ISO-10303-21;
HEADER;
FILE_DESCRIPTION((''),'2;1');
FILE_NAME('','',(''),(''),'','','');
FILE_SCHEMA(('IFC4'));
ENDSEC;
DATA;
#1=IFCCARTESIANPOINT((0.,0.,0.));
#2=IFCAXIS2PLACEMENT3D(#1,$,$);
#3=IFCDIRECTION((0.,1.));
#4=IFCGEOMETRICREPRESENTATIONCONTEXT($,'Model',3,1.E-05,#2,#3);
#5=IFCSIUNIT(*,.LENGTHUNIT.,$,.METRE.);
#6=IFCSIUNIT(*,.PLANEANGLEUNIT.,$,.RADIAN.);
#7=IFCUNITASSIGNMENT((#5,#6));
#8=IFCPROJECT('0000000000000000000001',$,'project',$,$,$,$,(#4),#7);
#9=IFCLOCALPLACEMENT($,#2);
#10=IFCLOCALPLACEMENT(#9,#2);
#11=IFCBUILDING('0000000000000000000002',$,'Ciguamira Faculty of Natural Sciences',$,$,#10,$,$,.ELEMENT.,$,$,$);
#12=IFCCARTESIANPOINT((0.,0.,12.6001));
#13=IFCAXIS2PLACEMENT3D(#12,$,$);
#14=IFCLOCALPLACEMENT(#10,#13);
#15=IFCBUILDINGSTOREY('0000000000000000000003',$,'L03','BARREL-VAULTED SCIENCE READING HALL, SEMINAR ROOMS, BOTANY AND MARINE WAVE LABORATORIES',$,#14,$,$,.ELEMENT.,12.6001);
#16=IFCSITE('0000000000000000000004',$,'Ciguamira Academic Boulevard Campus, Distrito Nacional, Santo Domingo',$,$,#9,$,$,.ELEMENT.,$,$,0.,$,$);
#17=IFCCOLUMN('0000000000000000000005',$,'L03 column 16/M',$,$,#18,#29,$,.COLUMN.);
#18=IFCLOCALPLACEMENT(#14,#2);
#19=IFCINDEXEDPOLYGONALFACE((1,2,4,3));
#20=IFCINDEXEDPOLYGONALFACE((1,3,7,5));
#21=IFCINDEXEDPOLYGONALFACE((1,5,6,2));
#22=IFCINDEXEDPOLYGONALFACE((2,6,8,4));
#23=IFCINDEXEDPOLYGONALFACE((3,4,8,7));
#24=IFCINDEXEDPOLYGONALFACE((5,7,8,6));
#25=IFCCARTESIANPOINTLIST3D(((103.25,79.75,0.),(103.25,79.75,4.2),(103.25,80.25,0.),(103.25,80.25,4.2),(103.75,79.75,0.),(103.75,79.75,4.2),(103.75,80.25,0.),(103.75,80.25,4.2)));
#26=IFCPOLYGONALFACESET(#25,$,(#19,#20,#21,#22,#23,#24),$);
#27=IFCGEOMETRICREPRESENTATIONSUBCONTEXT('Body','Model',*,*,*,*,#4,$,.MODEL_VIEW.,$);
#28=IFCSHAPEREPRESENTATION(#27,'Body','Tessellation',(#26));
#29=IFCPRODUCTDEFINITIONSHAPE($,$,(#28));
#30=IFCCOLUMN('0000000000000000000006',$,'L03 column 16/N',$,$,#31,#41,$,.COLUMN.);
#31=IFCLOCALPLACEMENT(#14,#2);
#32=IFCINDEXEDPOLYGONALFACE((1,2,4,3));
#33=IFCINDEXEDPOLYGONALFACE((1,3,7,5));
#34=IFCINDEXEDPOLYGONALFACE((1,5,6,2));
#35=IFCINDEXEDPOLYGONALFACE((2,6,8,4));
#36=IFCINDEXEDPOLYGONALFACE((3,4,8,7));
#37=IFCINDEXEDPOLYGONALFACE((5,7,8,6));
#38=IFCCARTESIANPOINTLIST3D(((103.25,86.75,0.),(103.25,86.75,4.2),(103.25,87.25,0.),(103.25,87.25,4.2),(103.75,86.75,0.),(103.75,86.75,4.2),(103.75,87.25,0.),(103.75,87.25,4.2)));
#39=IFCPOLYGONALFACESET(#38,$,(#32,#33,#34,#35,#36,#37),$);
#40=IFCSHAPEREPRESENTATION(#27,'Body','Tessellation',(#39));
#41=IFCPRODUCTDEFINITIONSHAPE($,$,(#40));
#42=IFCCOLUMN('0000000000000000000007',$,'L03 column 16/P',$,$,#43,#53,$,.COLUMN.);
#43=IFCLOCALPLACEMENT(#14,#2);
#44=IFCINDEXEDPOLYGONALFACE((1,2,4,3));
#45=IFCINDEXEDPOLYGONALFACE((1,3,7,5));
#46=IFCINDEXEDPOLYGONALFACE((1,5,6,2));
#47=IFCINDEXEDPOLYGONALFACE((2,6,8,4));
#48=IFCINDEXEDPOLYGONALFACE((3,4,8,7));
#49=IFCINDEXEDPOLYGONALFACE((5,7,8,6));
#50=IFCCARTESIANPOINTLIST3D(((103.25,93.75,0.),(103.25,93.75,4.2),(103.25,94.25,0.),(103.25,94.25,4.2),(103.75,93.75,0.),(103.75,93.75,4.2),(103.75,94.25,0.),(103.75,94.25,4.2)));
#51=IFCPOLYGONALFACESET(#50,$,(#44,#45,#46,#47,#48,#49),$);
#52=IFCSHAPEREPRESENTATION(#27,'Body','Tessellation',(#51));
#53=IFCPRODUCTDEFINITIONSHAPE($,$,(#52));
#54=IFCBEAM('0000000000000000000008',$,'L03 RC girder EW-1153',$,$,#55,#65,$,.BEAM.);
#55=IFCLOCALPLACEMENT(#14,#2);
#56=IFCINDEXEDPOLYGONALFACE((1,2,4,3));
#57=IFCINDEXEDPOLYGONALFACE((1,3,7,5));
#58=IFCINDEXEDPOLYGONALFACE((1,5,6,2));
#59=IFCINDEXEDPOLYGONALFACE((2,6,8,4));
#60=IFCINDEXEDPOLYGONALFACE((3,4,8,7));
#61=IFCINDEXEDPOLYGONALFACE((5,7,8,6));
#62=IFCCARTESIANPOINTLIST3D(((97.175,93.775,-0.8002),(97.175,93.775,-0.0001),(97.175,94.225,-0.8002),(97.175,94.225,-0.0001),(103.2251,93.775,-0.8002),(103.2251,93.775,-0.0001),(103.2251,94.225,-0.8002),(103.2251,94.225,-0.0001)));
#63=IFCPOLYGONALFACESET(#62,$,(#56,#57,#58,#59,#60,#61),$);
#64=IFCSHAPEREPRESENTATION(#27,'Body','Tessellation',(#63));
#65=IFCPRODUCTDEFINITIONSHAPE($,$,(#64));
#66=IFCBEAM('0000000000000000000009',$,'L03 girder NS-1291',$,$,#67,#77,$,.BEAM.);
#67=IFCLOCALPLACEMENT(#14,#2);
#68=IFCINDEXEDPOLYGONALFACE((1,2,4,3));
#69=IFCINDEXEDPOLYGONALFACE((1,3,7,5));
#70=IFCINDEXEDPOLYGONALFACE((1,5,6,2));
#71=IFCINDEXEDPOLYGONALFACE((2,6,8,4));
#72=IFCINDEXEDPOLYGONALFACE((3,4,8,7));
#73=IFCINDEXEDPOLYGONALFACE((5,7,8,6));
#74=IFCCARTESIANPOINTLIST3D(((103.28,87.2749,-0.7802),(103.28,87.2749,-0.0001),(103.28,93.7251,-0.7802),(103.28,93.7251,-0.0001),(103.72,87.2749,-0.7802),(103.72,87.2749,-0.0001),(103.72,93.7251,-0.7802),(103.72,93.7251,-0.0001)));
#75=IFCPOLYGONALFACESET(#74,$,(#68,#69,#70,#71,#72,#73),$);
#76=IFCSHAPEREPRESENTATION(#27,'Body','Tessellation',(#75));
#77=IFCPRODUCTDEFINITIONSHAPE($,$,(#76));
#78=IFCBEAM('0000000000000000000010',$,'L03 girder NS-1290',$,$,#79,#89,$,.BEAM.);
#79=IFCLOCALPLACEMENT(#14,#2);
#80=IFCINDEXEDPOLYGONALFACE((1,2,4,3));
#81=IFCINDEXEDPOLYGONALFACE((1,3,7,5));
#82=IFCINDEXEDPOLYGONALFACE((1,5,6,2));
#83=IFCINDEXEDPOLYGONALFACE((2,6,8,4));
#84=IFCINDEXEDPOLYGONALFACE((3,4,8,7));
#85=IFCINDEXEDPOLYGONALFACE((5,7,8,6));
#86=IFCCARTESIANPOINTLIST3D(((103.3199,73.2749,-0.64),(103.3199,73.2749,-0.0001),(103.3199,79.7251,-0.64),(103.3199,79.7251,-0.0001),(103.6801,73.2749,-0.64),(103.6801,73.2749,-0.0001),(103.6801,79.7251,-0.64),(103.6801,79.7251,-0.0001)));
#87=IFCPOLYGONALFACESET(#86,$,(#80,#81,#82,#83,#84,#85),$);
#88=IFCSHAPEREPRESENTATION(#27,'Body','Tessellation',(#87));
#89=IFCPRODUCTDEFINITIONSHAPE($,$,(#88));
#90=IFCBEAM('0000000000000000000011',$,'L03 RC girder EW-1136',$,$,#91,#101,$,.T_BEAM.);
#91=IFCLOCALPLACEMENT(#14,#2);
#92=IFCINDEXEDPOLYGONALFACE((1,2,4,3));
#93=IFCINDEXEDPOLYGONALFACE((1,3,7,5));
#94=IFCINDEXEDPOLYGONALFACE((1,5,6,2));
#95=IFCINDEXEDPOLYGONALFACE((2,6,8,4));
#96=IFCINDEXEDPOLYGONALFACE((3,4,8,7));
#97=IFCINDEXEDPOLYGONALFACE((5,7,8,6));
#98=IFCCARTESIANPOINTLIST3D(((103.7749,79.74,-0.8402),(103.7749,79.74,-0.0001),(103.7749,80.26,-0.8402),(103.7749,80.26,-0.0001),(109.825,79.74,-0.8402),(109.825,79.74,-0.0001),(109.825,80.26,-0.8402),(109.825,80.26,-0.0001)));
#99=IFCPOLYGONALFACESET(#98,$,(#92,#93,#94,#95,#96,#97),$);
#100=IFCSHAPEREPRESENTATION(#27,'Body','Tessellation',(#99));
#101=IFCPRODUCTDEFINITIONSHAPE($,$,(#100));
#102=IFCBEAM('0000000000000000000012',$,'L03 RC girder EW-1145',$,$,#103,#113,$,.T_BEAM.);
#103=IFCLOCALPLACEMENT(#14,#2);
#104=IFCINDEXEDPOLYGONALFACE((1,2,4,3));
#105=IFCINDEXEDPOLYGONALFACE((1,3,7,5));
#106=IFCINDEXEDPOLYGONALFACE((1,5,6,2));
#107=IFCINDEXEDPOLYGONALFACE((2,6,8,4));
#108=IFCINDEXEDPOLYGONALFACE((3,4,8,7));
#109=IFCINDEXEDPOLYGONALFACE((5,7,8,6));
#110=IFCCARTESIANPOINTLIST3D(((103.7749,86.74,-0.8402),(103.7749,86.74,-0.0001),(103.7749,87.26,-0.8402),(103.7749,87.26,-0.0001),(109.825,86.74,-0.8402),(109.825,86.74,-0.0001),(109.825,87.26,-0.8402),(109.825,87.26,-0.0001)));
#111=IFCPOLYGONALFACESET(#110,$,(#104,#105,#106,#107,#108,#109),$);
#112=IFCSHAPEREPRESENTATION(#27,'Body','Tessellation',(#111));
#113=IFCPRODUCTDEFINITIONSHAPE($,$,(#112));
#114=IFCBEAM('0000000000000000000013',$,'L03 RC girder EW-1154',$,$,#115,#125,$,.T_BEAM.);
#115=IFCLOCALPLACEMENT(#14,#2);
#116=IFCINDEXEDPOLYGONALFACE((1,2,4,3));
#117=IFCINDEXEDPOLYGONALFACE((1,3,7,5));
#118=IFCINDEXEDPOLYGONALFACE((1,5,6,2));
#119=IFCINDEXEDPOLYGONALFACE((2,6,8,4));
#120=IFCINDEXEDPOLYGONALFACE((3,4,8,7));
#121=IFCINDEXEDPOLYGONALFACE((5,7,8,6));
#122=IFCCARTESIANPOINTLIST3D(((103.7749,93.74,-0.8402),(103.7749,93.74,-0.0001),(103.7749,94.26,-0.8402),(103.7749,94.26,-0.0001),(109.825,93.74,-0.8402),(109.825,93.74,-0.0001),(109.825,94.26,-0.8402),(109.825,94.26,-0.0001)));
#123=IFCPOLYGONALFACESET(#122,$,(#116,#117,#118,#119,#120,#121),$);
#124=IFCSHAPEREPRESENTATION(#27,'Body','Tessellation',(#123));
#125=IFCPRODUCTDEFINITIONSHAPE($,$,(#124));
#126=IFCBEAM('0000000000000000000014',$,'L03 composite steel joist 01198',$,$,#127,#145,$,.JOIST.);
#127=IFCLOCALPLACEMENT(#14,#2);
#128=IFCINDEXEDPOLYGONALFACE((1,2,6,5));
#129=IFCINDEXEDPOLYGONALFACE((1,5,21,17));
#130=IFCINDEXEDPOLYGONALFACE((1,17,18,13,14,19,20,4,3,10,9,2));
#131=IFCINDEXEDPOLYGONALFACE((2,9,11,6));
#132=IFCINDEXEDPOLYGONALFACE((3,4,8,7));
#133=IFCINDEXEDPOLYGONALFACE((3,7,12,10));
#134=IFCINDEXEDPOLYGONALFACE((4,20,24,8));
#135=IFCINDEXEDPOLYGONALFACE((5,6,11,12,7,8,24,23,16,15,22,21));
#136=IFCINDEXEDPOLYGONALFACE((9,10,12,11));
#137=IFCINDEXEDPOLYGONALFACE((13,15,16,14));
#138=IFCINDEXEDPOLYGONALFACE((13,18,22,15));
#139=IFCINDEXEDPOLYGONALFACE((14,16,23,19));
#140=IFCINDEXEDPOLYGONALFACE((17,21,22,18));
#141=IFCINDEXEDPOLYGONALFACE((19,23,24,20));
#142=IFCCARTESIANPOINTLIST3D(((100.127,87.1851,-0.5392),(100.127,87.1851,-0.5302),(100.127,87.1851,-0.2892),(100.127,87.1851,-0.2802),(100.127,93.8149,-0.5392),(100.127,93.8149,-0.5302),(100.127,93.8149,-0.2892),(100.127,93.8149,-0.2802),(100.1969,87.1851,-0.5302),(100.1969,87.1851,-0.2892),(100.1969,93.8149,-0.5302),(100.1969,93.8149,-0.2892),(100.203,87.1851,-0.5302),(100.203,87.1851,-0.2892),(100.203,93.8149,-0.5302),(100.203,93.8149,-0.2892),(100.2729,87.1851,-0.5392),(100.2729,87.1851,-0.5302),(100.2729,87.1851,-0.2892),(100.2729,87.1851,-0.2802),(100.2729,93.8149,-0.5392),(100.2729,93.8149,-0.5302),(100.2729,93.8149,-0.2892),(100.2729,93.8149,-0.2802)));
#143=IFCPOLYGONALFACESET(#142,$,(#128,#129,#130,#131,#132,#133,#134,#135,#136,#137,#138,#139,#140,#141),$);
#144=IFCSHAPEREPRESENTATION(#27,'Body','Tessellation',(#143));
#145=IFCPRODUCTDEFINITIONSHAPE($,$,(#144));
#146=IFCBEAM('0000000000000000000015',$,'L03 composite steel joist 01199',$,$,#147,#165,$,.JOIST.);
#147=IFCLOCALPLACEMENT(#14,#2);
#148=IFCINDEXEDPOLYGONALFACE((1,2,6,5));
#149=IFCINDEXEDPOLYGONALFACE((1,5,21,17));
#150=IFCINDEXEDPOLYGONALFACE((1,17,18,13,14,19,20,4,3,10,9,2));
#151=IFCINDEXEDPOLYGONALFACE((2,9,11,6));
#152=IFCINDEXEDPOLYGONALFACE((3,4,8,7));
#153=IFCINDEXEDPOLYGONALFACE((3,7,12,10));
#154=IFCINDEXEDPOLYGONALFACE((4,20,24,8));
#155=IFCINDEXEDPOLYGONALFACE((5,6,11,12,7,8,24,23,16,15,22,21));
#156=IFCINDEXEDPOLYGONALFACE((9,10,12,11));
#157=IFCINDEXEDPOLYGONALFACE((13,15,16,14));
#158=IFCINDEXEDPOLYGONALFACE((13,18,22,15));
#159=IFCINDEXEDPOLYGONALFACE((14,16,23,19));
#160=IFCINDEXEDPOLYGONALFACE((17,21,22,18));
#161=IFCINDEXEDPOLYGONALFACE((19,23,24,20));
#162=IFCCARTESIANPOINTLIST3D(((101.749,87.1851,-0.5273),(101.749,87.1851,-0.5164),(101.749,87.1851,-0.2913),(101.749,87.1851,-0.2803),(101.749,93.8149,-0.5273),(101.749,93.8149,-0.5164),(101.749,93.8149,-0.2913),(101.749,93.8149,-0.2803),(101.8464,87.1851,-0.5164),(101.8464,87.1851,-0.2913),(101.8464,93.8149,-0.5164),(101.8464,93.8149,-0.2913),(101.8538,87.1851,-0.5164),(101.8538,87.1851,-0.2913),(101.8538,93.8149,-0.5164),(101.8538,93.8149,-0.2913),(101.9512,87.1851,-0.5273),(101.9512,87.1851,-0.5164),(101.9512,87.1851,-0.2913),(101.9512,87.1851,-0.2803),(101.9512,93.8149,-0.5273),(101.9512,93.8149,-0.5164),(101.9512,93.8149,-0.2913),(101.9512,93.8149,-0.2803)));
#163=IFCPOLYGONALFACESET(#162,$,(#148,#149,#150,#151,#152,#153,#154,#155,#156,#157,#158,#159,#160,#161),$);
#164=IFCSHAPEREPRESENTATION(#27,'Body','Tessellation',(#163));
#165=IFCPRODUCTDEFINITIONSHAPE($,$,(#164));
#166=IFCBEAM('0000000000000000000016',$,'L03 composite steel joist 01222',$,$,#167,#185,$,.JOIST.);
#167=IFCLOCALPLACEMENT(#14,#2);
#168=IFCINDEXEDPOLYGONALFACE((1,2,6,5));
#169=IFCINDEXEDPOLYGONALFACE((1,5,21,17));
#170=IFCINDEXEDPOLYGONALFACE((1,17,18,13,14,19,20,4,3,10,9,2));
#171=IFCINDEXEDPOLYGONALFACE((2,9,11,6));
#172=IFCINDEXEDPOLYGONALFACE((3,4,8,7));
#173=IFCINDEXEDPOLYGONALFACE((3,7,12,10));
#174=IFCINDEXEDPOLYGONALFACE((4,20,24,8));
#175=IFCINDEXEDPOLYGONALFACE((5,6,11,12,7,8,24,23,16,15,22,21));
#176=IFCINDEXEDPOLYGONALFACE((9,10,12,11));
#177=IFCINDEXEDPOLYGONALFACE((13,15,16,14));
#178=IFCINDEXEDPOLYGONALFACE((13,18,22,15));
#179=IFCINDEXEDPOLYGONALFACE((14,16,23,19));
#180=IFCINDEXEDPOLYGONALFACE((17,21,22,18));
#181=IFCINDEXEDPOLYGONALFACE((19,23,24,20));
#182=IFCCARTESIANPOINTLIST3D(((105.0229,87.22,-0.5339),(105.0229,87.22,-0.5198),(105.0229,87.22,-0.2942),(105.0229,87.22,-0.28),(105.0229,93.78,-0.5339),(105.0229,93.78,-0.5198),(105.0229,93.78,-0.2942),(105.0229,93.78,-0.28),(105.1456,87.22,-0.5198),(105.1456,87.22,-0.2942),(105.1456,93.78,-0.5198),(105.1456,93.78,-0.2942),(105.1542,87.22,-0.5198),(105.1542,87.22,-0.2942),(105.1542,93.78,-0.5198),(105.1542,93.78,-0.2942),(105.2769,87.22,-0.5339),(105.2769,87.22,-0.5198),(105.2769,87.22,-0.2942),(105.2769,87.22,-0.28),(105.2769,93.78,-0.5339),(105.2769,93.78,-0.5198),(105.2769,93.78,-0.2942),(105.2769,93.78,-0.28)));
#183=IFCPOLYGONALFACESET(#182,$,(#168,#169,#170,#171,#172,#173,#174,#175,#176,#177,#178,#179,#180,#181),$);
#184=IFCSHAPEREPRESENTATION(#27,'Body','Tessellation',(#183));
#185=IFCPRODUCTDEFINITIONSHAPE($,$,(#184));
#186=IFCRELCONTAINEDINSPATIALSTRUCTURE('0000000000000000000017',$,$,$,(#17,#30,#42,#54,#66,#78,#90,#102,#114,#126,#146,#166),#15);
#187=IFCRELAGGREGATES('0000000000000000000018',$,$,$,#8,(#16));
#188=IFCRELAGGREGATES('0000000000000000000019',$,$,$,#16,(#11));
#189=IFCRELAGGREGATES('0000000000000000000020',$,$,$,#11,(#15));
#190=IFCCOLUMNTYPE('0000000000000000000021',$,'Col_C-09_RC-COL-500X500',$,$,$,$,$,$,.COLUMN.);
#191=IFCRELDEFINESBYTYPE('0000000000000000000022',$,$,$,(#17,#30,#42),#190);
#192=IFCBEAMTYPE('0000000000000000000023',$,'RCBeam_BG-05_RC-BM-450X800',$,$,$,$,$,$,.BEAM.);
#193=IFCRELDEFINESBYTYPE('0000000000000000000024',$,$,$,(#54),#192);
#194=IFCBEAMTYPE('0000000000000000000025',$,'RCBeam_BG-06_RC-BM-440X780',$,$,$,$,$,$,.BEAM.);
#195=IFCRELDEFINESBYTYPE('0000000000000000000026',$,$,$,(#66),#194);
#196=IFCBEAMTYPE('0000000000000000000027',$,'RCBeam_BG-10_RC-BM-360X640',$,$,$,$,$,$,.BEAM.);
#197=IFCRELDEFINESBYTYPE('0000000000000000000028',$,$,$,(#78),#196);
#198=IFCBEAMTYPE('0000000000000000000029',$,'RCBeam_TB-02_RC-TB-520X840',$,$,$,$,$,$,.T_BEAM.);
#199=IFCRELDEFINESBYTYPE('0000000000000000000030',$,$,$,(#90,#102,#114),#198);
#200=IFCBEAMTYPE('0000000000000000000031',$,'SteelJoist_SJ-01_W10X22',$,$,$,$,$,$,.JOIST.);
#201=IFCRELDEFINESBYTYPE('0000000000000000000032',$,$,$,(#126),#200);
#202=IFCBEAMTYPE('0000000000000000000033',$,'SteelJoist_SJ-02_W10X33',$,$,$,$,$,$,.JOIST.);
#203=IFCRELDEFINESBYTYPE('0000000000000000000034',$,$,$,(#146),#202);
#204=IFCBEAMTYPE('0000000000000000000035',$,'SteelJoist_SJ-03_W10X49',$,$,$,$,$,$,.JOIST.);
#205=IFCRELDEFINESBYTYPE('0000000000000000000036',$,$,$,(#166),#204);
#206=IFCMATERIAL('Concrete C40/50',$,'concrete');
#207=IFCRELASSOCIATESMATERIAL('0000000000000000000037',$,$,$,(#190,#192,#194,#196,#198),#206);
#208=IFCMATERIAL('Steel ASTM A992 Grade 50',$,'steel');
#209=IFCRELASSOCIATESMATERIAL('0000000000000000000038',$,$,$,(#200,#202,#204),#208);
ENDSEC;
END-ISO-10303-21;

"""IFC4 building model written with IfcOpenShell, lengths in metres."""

from ifc_helpers import new_model, si_unit, direction, frame, origin, origin_2d, place, context, subcontext, project, spatial, rectangle, i_section, extrude, material, material_profile, profile_set, type_object, element, save


model = new_model("IFC4")

# Units and contexts
model_context = context("Model", 3, precision=1e-05, world=origin(), true_north=direction((0.0, 1.0)))
body_context = subcontext(model_context, "Body", "Model", "MODEL_VIEW")
ifc_project = project(units=[si_unit("LENGTHUNIT", "METRE"), si_unit("PLANEANGLEUNIT", "RADIAN")], contexts=[model_context])

# Site, building, storey
site_placement = place(None, origin())
site = spatial("IfcSite", under=ifc_project, at=site_placement, Name="Ciguamira Academic Boulevard Campus, Distrito Nacional, Santo Domingo", CompositionType="ELEMENT", RefElevation=0.0)
building_placement = place(site_placement, origin())
building = spatial("IfcBuilding", under=site, at=building_placement, Name="Ciguamira Faculty of Natural Sciences", CompositionType="ELEMENT")
storey_placement = place(building_placement, frame((0.0, 0.0, 12.6001)))
storey = spatial("IfcBuildingStorey", under=building, at=storey_placement, Name="L03", Description="BARREL-VAULTED SCIENCE READING HALL, SEMINAR ROOMS, BOTANY AND MARINE WAVE LABORATORIES", CompositionType="ELEMENT", Elevation=12.6001)

# Columns
ifc_material_1 = material(Name="Concrete C40/50", Category="concrete")
ifc_material_profile_1 = material_profile(ifc_material_1, rectangle(XDim=0.5, YDim=0.5, at=origin_2d()), Name="RC-COL-500X500")
ifc_profile_set_1 = profile_set([ifc_material_profile_1], Name="Concrete C40/50")
column_type = type_object("IfcColumnType", Name="Col_C-09_RC-COL-500X500", PredefinedType="COLUMN", material=ifc_profile_set_1)
for number, where, z_axis, x_axis, name in (
    (1, (103.5, 80.0, 0.0), (0.0, 0.0, 1.0), (1.0, 0.0, 0.0), "L03 column 16/M"),
    (2, (103.5, 87.0, 0.0), (0.0, 0.0, 1.0), (1.0, 0.0, 0.0), "L03 column 16/N"),
    (3, (103.5, 94.0, 0.0), (0.0, 0.0, 1.0), (1.0, 0.0, 0.0), "L03 column 16/P"),
):
    element("IfcColumn", number, at=place(storey_placement, frame(where, z_axis=z_axis, x_axis=x_axis)), inside=storey, type_object=column_type, Name=name, PredefinedType="COLUMN", context=body_context, shape_type="SweptSolid", body=[
        extrude(rectangle(XDim=0.5, YDim=0.5, at=origin_2d()), origin(), (0.0, 0.0, 1.0), 4.2),
    ])

# Beams
ifc_material_profile_2 = material_profile(ifc_material_1, rectangle(XDim=0.45, YDim=0.8, at=origin_2d()), Name="RC-BM-450X800")
ifc_profile_set_2 = profile_set([ifc_material_profile_2], Name="Concrete C40/50")
beam_type_1 = type_object("IfcBeamType", Name="RCBeam_BG-05_RC-BM-450X800", PredefinedType="BEAM", material=ifc_profile_set_2)
beam_1_placement = place(storey_placement, frame((97.175, 94.0, -0.4001), z_axis=(1.0, 0.0, 0.0), x_axis=(0.0, 1.0, 0.0)))
element("IfcBeam", 4, at=beam_1_placement, inside=storey, type_object=beam_type_1, Name="L03 RC girder EW-1153", PredefinedType="BEAM", context=body_context, shape_type="SweptSolid", body=[
    extrude(rectangle(XDim=0.45, YDim=0.8, at=origin_2d()), origin(), (0.0, 0.0, 1.0), 6.05),
])
ifc_material_profile_3 = material_profile(ifc_material_1, rectangle(XDim=0.4399, YDim=0.78, at=origin_2d()), Name="RC-BM-440X780")
ifc_profile_set_3 = profile_set([ifc_material_profile_3], Name="Concrete C40/50")
beam_type_2 = type_object("IfcBeamType", Name="RCBeam_BG-06_RC-BM-440X780", PredefinedType="BEAM", material=ifc_profile_set_3)
beam_2_placement = place(storey_placement, frame((103.5, 87.2749, -0.3901), z_axis=(0.0, 1.0, 0.0), x_axis=(-1.0, 0.0, 0.0)))
element("IfcBeam", 5, at=beam_2_placement, inside=storey, type_object=beam_type_2, Name="L03 girder NS-1291", PredefinedType="BEAM", context=body_context, shape_type="SweptSolid", body=[
    extrude(rectangle(XDim=0.4399, YDim=0.78, at=origin_2d()), origin(), (0.0, 0.0, 1.0), 6.4502),
])
ifc_material_profile_4 = material_profile(ifc_material_1, rectangle(XDim=0.3601, YDim=0.6399, at=origin_2d()), Name="RC-BM-360X640")
ifc_profile_set_4 = profile_set([ifc_material_profile_4], Name="Concrete C40/50")
beam_type_3 = type_object("IfcBeamType", Name="RCBeam_BG-10_RC-BM-360X640", PredefinedType="BEAM", material=ifc_profile_set_4)
beam_3_placement = place(storey_placement, frame((103.5, 73.2749, -0.3201), z_axis=(0.0, 1.0, 0.0), x_axis=(-1.0, 0.0, 0.0)))
element("IfcBeam", 6, at=beam_3_placement, inside=storey, type_object=beam_type_3, Name="L03 girder NS-1290", PredefinedType="BEAM", context=body_context, shape_type="SweptSolid", body=[
    extrude(rectangle(XDim=0.3601, YDim=0.6399, at=origin_2d()), origin(), (0.0, 0.0, 1.0), 6.4502),
])
ifc_material_profile_5 = material_profile(ifc_material_1, rectangle(XDim=0.52, YDim=0.8401, at=origin_2d()), Name="RC-TB-520X840")
ifc_profile_set_5 = profile_set([ifc_material_profile_5], Name="Concrete C40/50")
beam_type_4 = type_object("IfcBeamType", Name="RCBeam_TB-02_RC-TB-520X840", PredefinedType="T_BEAM", material=ifc_profile_set_5)
for number, where, z_axis, x_axis, name in (
    (7, (103.7749, 80.0, -0.4202), (1.0, 0.0, 0.0), (0.0, 1.0, 0.0), "L03 RC girder EW-1136"),
    (8, (103.7749, 87.0, -0.4202), (1.0, 0.0, 0.0), (0.0, 1.0, 0.0), "L03 RC girder EW-1145"),
    (9, (103.7749, 94.0, -0.4202), (1.0, 0.0, 0.0), (0.0, 1.0, 0.0), "L03 RC girder EW-1154"),
):
    element("IfcBeam", number, at=place(storey_placement, frame(where, z_axis=z_axis, x_axis=x_axis)), inside=storey, type_object=beam_type_4, Name=name, PredefinedType="T_BEAM", context=body_context, shape_type="SweptSolid", body=[
        extrude(rectangle(XDim=0.52, YDim=0.8401, at=origin_2d()), origin(), (0.0, 0.0, 1.0), 6.05),
    ])
ifc_material_2 = material(Name="Steel ASTM A992 Grade 50", Category="steel")
ifc_material_profile_6 = material_profile(ifc_material_2, i_section(OverallWidth=0.146, OverallDepth=0.259, WebThickness=0.0061, FlangeThickness=0.009, at=origin_2d()), Name="W10X22")
ifc_profile_set_6 = profile_set([ifc_material_profile_6], Name="Steel ASTM A992 Grade 50")
beam_type_5 = type_object("IfcBeamType", Name="SteelJoist_SJ-01_W10X22", PredefinedType="JOIST", material=ifc_profile_set_6)
beam_4_placement = place(storey_placement, frame((100.2, 87.1851, -0.4097), z_axis=(0.0, 1.0, 0.0), x_axis=(-1.0, 0.0, 0.0)))
element("IfcBeam", 10, at=beam_4_placement, inside=storey, type_object=beam_type_5, Name="L03 composite steel joist 01198", PredefinedType="JOIST", context=body_context, shape_type="SweptSolid", body=[
    extrude(i_section(OverallWidth=0.146, OverallDepth=0.259, WebThickness=0.0061, FlangeThickness=0.009, at=origin_2d()), origin(), (0.0, 0.0, 1.0), 6.6299),
])
ifc_material_profile_7 = material_profile(ifc_material_2, i_section(OverallWidth=0.2021, OverallDepth=0.2471, WebThickness=0.0073, FlangeThickness=0.011, at=origin_2d()), Name="W10X33")
ifc_profile_set_7 = profile_set([ifc_material_profile_7], Name="Steel ASTM A992 Grade 50")
beam_type_6 = type_object("IfcBeamType", Name="SteelJoist_SJ-02_W10X33", PredefinedType="JOIST", material=ifc_profile_set_7)
beam_5_placement = place(storey_placement, frame((101.8501, 87.1851, -0.4038), z_axis=(0.0, 1.0, 0.0), x_axis=(-1.0, 0.0, 0.0)))
element("IfcBeam", 11, at=beam_5_placement, inside=storey, type_object=beam_type_6, Name="L03 composite steel joist 01199", PredefinedType="JOIST", context=body_context, shape_type="SweptSolid", body=[
    extrude(i_section(OverallWidth=0.2021, OverallDepth=0.2471, WebThickness=0.0073, FlangeThickness=0.011, at=origin_2d()), origin(), (0.0, 0.0, 1.0), 6.6299),
])
ifc_material_profile_8 = material_profile(ifc_material_2, i_section(OverallWidth=0.2539, OverallDepth=0.2539, WebThickness=0.0085, FlangeThickness=0.0142, at=origin_2d()), Name="W10X49")
ifc_profile_set_8 = profile_set([ifc_material_profile_8], Name="Steel ASTM A992 Grade 50")
beam_type_7 = type_object("IfcBeamType", Name="SteelJoist_SJ-03_W10X49", PredefinedType="JOIST", material=ifc_profile_set_8)
beam_6_placement = place(storey_placement, frame((105.1499, 87.22, -0.407), z_axis=(0.0, 1.0, 0.0), x_axis=(-1.0, 0.0, 0.0)))
element("IfcBeam", 12, at=beam_6_placement, inside=storey, type_object=beam_type_7, Name="L03 composite steel joist 01222", PredefinedType="JOIST", context=body_context, shape_type="SweptSolid", body=[
    extrude(i_section(OverallWidth=0.2539, OverallDepth=0.2539, WebThickness=0.0085, FlangeThickness=0.0142, at=origin_2d()), origin(), (0.0, 0.0, 1.0), 6.5601),
])

save(model, "model.ifc")
